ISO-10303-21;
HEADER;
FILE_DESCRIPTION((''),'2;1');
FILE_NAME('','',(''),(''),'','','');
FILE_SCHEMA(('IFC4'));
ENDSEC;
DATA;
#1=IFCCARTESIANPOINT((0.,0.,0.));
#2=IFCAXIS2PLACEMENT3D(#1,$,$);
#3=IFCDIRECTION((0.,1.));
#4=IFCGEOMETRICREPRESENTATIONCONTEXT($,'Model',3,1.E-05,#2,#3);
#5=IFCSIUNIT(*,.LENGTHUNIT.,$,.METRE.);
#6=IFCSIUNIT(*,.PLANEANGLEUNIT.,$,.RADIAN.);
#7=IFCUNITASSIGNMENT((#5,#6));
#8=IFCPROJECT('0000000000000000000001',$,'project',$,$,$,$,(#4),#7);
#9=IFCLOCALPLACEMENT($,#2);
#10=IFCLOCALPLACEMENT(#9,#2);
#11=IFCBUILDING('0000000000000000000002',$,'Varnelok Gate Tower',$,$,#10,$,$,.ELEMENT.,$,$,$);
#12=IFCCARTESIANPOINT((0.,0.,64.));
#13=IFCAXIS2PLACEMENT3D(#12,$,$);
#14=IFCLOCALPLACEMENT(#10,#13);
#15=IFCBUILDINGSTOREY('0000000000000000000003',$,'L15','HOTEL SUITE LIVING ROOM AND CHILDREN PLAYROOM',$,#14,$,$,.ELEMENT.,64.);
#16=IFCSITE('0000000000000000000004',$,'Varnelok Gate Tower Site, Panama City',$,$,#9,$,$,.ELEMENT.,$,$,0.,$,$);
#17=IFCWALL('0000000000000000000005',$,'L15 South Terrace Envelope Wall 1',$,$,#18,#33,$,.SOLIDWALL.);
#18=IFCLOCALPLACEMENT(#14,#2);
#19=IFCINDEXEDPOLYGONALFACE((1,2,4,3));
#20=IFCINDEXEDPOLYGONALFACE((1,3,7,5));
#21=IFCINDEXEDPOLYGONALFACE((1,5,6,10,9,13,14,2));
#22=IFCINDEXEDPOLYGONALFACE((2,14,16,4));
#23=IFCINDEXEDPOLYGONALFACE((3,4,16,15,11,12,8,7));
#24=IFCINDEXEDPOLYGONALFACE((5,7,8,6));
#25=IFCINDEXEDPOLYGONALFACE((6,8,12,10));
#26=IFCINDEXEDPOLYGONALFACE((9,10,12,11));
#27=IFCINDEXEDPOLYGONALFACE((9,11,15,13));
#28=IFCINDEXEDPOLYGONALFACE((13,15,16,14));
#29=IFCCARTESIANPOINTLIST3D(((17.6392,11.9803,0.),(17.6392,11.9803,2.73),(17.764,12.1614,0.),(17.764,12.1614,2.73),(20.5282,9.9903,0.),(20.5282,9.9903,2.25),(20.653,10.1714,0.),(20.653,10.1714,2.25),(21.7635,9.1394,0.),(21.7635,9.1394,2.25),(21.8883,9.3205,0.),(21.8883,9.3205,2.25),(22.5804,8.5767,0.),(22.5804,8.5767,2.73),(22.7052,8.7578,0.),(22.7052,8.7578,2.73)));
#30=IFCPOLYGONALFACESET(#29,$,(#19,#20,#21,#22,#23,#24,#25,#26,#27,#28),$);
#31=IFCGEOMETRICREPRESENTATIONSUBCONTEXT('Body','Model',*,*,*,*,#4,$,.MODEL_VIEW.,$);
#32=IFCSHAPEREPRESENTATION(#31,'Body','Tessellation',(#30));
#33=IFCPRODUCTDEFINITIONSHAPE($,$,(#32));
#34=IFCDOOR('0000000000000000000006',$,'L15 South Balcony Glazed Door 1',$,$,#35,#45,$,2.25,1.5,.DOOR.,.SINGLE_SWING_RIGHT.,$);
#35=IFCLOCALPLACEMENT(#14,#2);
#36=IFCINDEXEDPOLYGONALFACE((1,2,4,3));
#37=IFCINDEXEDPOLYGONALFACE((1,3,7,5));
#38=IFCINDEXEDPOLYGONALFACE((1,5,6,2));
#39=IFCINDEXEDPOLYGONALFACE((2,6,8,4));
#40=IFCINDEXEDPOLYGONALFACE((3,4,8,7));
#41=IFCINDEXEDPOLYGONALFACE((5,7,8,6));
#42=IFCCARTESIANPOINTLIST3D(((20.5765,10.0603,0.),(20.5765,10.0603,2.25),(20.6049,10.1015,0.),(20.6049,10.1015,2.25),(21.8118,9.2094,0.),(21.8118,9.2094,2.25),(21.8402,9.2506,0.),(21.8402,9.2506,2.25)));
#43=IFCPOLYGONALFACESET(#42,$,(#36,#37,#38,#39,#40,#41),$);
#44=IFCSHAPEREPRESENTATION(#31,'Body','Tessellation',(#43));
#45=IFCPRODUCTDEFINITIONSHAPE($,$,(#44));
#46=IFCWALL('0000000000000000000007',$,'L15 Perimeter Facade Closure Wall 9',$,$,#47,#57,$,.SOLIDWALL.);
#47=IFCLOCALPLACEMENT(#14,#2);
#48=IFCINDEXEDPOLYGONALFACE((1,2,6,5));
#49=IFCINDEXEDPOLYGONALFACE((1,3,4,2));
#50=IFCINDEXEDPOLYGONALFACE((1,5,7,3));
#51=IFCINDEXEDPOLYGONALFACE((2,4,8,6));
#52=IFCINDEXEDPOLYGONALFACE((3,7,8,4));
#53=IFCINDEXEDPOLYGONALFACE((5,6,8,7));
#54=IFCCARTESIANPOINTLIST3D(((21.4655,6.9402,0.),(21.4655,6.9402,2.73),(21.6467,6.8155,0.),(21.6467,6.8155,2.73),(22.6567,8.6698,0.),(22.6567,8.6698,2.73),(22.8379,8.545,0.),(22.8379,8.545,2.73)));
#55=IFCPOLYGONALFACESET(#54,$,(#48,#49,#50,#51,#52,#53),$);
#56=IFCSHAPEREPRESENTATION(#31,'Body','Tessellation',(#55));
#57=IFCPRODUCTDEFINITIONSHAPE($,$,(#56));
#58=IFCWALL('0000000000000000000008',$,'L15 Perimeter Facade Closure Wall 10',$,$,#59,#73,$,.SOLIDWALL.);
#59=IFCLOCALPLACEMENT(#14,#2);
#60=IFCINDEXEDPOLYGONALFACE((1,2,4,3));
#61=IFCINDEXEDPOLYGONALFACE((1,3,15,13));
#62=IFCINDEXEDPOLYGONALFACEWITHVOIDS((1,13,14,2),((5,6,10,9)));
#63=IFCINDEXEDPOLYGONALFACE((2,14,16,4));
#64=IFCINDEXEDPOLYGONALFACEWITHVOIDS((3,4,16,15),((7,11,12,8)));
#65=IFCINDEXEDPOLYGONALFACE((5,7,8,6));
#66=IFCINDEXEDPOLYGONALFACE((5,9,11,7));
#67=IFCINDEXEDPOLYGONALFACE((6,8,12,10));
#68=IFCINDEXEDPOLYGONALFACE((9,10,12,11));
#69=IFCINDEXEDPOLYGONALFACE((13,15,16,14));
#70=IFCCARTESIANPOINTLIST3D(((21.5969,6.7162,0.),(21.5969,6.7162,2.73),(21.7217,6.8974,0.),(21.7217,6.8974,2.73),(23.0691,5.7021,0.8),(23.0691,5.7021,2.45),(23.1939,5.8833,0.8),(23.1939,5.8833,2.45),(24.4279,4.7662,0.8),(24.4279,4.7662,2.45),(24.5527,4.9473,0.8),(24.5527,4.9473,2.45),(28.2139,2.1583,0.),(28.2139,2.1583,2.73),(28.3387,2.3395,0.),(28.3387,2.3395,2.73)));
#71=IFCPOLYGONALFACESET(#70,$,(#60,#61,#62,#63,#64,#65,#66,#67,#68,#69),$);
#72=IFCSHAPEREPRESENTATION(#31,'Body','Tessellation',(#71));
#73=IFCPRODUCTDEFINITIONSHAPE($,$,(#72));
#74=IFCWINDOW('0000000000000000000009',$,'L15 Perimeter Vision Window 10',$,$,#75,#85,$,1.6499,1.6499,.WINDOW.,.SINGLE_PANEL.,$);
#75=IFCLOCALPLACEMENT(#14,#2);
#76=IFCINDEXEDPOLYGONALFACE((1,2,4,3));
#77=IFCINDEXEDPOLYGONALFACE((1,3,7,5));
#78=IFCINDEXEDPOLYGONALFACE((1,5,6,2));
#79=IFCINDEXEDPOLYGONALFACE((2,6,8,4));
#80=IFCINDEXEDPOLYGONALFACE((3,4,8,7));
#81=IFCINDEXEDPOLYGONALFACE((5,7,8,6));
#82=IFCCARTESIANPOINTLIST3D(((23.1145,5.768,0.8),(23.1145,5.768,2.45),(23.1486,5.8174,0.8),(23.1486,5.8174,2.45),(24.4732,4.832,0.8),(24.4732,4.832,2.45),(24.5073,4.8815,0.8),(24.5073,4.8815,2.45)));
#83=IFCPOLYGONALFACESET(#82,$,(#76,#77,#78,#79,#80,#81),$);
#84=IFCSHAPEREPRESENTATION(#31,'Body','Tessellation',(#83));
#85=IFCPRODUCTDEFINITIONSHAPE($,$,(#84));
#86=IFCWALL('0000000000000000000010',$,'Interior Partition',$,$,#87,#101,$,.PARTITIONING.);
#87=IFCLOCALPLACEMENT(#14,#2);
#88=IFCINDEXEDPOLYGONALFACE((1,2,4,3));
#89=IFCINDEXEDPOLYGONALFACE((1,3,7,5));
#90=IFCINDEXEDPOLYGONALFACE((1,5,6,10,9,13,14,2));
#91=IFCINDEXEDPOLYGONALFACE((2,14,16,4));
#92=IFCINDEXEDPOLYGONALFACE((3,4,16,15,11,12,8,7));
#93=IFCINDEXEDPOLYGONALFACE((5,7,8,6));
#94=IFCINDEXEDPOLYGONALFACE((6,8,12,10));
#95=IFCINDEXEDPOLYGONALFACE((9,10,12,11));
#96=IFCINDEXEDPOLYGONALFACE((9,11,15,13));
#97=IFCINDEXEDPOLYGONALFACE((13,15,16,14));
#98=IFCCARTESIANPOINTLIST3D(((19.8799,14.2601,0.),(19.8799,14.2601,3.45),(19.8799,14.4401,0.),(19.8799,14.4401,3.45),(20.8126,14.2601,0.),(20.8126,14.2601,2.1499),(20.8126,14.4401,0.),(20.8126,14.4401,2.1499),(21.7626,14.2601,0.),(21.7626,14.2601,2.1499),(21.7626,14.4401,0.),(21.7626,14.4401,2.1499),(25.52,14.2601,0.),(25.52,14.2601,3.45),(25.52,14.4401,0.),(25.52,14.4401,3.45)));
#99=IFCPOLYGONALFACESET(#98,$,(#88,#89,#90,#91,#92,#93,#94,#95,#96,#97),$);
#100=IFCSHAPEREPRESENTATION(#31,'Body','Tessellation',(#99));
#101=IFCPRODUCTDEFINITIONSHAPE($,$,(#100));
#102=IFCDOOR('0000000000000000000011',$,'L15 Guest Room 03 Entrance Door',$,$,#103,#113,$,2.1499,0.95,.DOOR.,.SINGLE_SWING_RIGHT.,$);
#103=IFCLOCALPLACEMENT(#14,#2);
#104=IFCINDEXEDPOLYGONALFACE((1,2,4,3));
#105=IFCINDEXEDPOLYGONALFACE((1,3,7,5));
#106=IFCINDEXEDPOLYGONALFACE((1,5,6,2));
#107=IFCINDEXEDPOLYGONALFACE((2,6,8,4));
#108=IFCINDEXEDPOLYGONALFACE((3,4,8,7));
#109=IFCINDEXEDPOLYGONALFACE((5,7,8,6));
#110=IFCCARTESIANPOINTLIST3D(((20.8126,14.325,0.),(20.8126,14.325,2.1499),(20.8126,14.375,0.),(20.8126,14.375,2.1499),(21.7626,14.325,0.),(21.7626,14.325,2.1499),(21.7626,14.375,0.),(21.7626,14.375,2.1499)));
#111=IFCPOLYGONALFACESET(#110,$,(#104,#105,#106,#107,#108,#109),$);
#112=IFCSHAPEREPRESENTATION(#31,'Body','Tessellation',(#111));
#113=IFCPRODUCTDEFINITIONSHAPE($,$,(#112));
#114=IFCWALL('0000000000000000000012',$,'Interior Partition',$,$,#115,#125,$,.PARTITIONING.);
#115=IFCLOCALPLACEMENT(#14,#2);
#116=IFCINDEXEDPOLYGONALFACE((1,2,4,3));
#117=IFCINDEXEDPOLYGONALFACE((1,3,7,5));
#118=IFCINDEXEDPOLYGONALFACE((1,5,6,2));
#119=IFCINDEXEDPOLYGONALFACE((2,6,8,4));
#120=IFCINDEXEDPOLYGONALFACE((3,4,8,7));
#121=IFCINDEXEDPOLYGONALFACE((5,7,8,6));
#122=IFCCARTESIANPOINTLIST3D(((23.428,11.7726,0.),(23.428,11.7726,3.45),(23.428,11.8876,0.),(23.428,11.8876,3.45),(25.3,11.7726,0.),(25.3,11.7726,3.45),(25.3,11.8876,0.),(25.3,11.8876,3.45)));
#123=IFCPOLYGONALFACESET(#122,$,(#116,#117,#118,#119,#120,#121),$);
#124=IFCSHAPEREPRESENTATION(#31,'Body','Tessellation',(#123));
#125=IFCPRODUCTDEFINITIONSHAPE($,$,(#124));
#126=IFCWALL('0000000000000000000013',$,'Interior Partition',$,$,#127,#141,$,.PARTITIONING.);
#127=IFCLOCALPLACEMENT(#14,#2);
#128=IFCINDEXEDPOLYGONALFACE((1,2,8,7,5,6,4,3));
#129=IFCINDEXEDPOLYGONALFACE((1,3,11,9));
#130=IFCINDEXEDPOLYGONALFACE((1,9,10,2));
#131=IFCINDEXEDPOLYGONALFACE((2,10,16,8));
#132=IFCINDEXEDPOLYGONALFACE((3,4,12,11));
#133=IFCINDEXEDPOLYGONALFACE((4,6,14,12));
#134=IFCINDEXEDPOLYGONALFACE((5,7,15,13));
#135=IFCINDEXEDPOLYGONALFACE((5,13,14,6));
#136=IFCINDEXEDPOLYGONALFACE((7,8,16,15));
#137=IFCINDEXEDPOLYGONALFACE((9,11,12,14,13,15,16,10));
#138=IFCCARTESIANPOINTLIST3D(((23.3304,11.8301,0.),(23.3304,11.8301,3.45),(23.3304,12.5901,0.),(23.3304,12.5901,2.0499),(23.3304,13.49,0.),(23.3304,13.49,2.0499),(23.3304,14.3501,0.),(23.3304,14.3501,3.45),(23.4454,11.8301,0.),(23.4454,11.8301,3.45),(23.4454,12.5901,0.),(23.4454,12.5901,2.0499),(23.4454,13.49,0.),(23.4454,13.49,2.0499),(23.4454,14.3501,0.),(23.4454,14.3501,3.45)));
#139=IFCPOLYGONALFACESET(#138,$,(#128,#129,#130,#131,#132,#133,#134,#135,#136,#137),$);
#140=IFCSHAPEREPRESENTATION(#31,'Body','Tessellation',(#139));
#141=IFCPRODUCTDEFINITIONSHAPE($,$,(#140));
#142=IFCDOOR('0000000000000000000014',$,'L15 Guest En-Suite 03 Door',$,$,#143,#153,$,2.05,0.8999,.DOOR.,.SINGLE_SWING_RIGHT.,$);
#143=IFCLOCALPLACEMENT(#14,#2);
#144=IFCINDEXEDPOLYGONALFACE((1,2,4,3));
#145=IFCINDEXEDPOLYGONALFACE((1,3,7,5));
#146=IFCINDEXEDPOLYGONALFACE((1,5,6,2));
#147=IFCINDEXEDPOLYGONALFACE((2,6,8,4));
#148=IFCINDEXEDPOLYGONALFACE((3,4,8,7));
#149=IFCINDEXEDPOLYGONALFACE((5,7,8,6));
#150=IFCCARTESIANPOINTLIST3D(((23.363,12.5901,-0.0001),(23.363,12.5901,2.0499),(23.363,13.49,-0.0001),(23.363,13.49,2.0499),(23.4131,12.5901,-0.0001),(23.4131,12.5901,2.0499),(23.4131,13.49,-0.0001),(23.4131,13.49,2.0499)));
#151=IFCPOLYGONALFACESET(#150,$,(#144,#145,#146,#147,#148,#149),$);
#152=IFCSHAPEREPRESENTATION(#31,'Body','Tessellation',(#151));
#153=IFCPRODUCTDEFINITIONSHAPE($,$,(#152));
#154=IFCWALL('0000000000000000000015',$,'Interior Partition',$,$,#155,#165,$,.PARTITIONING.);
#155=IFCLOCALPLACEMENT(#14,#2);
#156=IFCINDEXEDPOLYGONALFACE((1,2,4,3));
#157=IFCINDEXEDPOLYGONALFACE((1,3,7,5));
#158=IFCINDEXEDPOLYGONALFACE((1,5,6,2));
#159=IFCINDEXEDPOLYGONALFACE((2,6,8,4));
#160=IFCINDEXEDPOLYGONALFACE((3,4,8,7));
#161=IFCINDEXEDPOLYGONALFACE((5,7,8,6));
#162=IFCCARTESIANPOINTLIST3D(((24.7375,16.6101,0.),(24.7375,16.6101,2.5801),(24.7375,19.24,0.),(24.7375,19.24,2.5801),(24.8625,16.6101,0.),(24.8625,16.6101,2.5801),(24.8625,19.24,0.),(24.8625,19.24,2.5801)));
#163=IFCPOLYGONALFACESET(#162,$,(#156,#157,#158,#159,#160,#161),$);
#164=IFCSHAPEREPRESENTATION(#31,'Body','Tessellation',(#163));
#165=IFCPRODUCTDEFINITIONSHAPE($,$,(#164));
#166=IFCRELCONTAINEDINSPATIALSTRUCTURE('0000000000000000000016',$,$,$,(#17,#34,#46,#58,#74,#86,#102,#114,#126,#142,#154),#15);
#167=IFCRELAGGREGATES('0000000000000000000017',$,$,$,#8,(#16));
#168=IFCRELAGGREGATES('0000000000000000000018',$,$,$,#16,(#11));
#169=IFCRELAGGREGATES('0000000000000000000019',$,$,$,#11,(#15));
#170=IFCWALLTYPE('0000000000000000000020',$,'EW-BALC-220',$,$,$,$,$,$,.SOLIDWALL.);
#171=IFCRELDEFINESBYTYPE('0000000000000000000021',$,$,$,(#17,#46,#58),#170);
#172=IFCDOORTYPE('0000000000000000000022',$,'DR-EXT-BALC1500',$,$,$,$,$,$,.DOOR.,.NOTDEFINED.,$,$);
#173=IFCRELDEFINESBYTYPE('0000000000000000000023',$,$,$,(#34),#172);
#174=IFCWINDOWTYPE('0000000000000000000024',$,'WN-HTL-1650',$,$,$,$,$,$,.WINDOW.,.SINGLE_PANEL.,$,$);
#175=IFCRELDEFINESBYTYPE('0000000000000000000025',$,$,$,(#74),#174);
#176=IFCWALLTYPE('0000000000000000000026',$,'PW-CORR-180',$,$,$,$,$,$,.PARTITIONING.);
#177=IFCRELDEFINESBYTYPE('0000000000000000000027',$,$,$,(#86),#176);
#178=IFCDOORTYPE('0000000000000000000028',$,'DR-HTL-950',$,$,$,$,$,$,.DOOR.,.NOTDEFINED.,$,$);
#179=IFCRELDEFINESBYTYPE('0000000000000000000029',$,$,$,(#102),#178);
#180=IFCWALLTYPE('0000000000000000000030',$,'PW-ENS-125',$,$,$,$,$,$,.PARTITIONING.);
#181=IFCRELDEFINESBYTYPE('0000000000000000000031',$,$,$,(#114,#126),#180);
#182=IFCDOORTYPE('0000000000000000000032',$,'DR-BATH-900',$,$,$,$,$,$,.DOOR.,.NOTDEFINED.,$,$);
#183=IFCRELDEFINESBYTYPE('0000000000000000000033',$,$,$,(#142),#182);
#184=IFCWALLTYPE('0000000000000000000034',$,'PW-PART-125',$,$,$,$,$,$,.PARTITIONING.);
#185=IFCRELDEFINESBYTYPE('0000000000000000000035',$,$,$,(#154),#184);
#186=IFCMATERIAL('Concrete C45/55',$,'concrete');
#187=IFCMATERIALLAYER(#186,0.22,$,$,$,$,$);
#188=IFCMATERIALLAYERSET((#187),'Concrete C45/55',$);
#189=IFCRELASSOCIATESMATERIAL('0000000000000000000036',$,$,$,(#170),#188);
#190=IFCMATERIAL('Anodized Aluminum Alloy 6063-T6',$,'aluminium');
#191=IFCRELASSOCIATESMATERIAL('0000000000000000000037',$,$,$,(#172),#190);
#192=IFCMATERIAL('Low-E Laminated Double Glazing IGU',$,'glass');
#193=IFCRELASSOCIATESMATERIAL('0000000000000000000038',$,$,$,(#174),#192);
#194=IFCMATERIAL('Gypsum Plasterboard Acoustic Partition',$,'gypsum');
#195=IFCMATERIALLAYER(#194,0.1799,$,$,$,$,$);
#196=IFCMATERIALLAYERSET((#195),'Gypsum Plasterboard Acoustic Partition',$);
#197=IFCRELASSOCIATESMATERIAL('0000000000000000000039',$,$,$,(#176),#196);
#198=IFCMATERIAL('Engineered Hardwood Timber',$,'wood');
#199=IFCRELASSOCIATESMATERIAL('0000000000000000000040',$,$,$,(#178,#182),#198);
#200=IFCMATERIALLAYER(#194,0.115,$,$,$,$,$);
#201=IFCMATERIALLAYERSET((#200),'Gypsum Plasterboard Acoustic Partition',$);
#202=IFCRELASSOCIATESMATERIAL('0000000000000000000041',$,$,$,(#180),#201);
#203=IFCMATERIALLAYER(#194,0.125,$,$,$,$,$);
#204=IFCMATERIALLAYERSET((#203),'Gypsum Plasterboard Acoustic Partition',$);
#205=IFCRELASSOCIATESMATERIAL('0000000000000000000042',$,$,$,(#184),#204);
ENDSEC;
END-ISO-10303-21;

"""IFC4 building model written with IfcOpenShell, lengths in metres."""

from ifc_helpers import new_model, si_unit, direction, frame, frame_2d, origin, place, context, subcontext, project, spatial, rectangle, extrude, material, layer, layer_set, type_object, element, fill, save


model = new_model("IFC4")

# Units and contexts
model_context = context("Model", 3, precision=1e-05, world=origin(), true_north=direction((0.0, 1.0)))
body_context = subcontext(model_context, "Body", "Model", "MODEL_VIEW")
ifc_project = project(units=[si_unit("LENGTHUNIT", "METRE"), si_unit("PLANEANGLEUNIT", "RADIAN")], contexts=[model_context])

# Site, building, storey
site_placement = place(None, origin())
site = spatial("IfcSite", under=ifc_project, at=site_placement, Name="Varnelok Gate Tower Site, Panama City", CompositionType="ELEMENT", RefElevation=0.0)
building_placement = place(site_placement, origin())
building = spatial("IfcBuilding", under=site, at=building_placement, Name="Varnelok Gate Tower", CompositionType="ELEMENT")
storey_placement = place(building_placement, frame((0.0, 0.0, 64.0)))
storey = spatial("IfcBuildingStorey", under=building, at=storey_placement, Name="L15", Description="HOTEL SUITE LIVING ROOM AND CHILDREN PLAYROOM", CompositionType="ELEMENT", Elevation=64.0)

# Wall, opening, door
ifc_material_1 = material(Name="Concrete C45/55", Category="concrete")
ifc_layer_1 = layer(ifc_material_1, 0.22)
ifc_layer_set_1 = layer_set([ifc_layer_1], Name="Concrete C45/55")
wall_type_1 = type_object("IfcWallType", Name="EW-BALC-220", PredefinedType="SOLIDWALL", material=ifc_layer_set_1)
wall_1_placement = place(storey_placement, frame((22.6428, 8.6672, 0.0), z_axis=(0.0, 0.0, 1.0), x_axis=(-0.823535, 0.567266, 0.0)))
wall_1 = element("IfcWall", 1, at=wall_1_placement, inside=storey, type_object=wall_type_1, Name="L15 South Terrace Envelope Wall 1", PredefinedType="SOLIDWALL", context=body_context, shape_type="SweptSolid", body=[
    extrude(rectangle(XDim=6.0, YDim=0.22, at=frame_2d((3.0, 0.0))), origin(), (0.0, 0.0, 1.0), 2.73),
])
opening_1_placement = place(wall_1_placement, frame((0.9919, 0.0, 0.0)))
opening_1 = element("IfcOpeningElement", 2, at=opening_1_placement, cuts=wall_1, PredefinedType="OPENING", context=body_context, shape_type="SweptSolid", body=[
    extrude(rectangle(XDim=1.5, YDim=2.25, at=frame_2d((0.75, 1.125))), frame((0.0, 0.1199, 0.0), z_axis=(0.0, -1.0, 0.0), x_axis=(1.0, 0.0, 0.0)), (0.0, 0.0, 1.0), 0.24),
])
ifc_material_2 = material(Name="Anodized Aluminum Alloy 6063-T6", Category="aluminium")
door_type_1 = type_object("IfcDoorType", Name="DR-EXT-BALC1500", OperationType="NOTDEFINED", PredefinedType="DOOR", material=ifc_material_2)
door_1_placement = place(opening_1_placement, origin())
door_1 = element("IfcDoor", 3, at=door_1_placement, inside=storey, type_object=door_type_1, Name="L15 South Balcony Glazed Door 1", OperationType="SINGLE_SWING_RIGHT", OverallHeight=2.25, OverallWidth=1.5, PredefinedType="DOOR", context=body_context, shape_type="SweptSolid", body=[
    extrude(rectangle(XDim=1.5, YDim=2.25, at=frame_2d((0.75, 1.125))), frame((0.0, 0.0249, 0.0), z_axis=(0.0, -1.0, 0.0), x_axis=(1.0, 0.0, 0.0)), (0.0, 0.0, 1.0), 0.05),
])
fill(opening_1, door_1)

# Wall
wall_2_placement = place(storey_placement, frame((22.7473, 8.6074, 0.0), z_axis=(0.0, 0.0, 1.0), x_axis=(-0.567219, -0.823567, 0.0)))
element("IfcWall", 4, at=wall_2_placement, inside=storey, type_object=wall_type_1, Name="L15 Perimeter Facade Closure Wall 9", PredefinedType="SOLIDWALL", context=body_context, shape_type="SweptSolid", body=[
    extrude(rectangle(XDim=2.1001, YDim=0.22, at=frame_2d((1.05, 0.0))), origin(), (0.0, 0.0, 1.0), 2.73),
])

# Wall, opening, window
wall_3_placement = place(storey_placement, frame((21.6592, 6.8069, 0.0), z_axis=(0.0, 0.0, 1.0), x_axis=(0.823535, -0.567265, 0.0)))
wall_3 = element("IfcWall", 5, at=wall_3_placement, inside=storey, type_object=wall_type_1, Name="L15 Perimeter Facade Closure Wall 10", PredefinedType="SOLIDWALL", context=body_context, shape_type="SweptSolid", body=[
    extrude(rectangle(XDim=8.0349, YDim=0.22, at=frame_2d((4.0176, 0.0))), origin(), (0.0, 0.0, 1.0), 2.73),
])
opening_2_placement = place(wall_3_placement, frame((1.7878, 0.0, 0.8)))
opening_2 = element("IfcOpeningElement", 6, at=opening_2_placement, cuts=wall_3, PredefinedType="OPENING", context=body_context, shape_type="SweptSolid", body=[
    extrude(rectangle(XDim=1.6499, YDim=1.6499, at=frame_2d((0.825, 0.825))), frame((0.0, 0.1199, 0.0), z_axis=(0.0, -1.0, 0.0), x_axis=(1.0, 0.0, 0.0)), (0.0, 0.0, 1.0), 0.24),
])
ifc_material_3 = material(Name="Low-E Laminated Double Glazing IGU", Category="glass")
window_type = type_object("IfcWindowType", Name="WN-HTL-1650", PartitioningType="SINGLE_PANEL", PredefinedType="WINDOW", material=ifc_material_3)
window_placement = place(opening_2_placement, origin())
window = element("IfcWindow", 7, at=window_placement, inside=storey, type_object=window_type, Name="L15 Perimeter Vision Window 10", OverallHeight=1.6499, OverallWidth=1.6499, PartitioningType="SINGLE_PANEL", PredefinedType="WINDOW", context=body_context, shape_type="SweptSolid", body=[
    extrude(rectangle(XDim=1.6499, YDim=1.6499, at=frame_2d((0.825, 0.825))), frame((0.0, 0.03, 0.0), z_axis=(0.0, -1.0, 0.0), x_axis=(1.0, 0.0, 0.0)), (0.0, 0.0, 1.0), 0.0601),
])
fill(opening_2, window)

# Wall, opening, door
ifc_material_4 = material(Name="Gypsum Plasterboard Acoustic Partition", Category="gypsum")
ifc_layer_2 = layer(ifc_material_4, 0.1799)
ifc_layer_set_2 = layer_set([ifc_layer_2], Name="Gypsum Plasterboard Acoustic Partition")
wall_type_2 = type_object("IfcWallType", Name="PW-CORR-180", PredefinedType="PARTITIONING", material=ifc_layer_set_2)
wall_4_placement = place(storey_placement, frame((19.8799, 14.3501, 0.0), z_axis=(0.0, 0.0, 1.0), x_axis=(1.0, 0.0, 0.0)))
wall_4 = element("IfcWall", 8, at=wall_4_placement, inside=storey, type_object=wall_type_2, Name="Interior Partition", PredefinedType="PARTITIONING", context=body_context, shape_type="SweptSolid", body=[
    extrude(rectangle(XDim=5.6401, YDim=0.1799, at=frame_2d((2.8201, 0.0))), origin(), (0.0, 0.0, 1.0), 3.45),
])
opening_3_placement = place(wall_4_placement, frame((0.9326, 0.0, 0.0)))
opening_3 = element("IfcOpeningElement", 9, at=opening_3_placement, cuts=wall_4, PredefinedType="OPENING", context=body_context, shape_type="SweptSolid", body=[
    extrude(rectangle(XDim=0.95, YDim=2.1499, at=frame_2d((0.4751, 1.075))), frame((0.0, 0.0999, 0.0), z_axis=(0.0, -1.0, 0.0), x_axis=(1.0, 0.0, 0.0)), (0.0, 0.0, 1.0), 0.2),
])
ifc_material_5 = material(Name="Engineered Hardwood Timber", Category="wood")
door_type_2 = type_object("IfcDoorType", Name="DR-HTL-950", OperationType="NOTDEFINED", PredefinedType="DOOR", material=ifc_material_5)
door_2_placement = place(opening_3_placement, origin())
door_2 = element("IfcDoor", 10, at=door_2_placement, inside=storey, type_object=door_type_2, Name="L15 Guest Room 03 Entrance Door", OperationType="SINGLE_SWING_RIGHT", OverallHeight=2.1499, OverallWidth=0.95, PredefinedType="DOOR", context=body_context, shape_type="SweptSolid", body=[
    extrude(rectangle(XDim=0.95, YDim=2.1499, at=frame_2d((0.4751, 1.075))), frame((0.0, 0.0249, 0.0), z_axis=(0.0, -1.0, 0.0), x_axis=(1.0, 0.0, 0.0)), (0.0, 0.0, 1.0), 0.05),
])
fill(opening_3, door_2)

# Wall
ifc_layer_3 = layer(ifc_material_4, 0.115)
ifc_layer_set_3 = layer_set([ifc_layer_3], Name="Gypsum Plasterboard Acoustic Partition")
wall_type_3 = type_object("IfcWallType", Name="PW-ENS-125", PredefinedType="PARTITIONING", material=ifc_layer_set_3)
wall_5_placement = place(storey_placement, frame((23.428, 11.8301, 0.0), z_axis=(0.0, 0.0, 1.0), x_axis=(1.0, 0.0, 0.0)))
element("IfcWall", 11, at=wall_5_placement, inside=storey, type_object=wall_type_3, Name="Interior Partition", PredefinedType="PARTITIONING", context=body_context, shape_type="SweptSolid", body=[
    extrude(rectangle(XDim=1.8721, YDim=0.115, at=frame_2d((0.936, 0.0))), origin(), (0.0, 0.0, 1.0), 3.45),
])

# Wall, opening, door
wall_6_placement = place(storey_placement, frame((23.3879, 11.8301, 0.0), z_axis=(0.0, 0.0, 1.0), x_axis=(0.0, 1.0, 0.0)))
wall_6 = element("IfcWall", 12, at=wall_6_placement, inside=storey, type_object=wall_type_3, Name="Interior Partition", PredefinedType="PARTITIONING", context=body_context, shape_type="SweptSolid", body=[
    extrude(rectangle(XDim=2.52, YDim=0.115, at=frame_2d((1.26, 0.0))), origin(), (0.0, 0.0, 1.0), 3.45),
])
opening_4_placement = place(wall_6_placement, frame((0.76, 0.0, 0.0)))
opening_4 = element("IfcOpeningElement", 13, at=opening_4_placement, cuts=wall_6, PredefinedType="OPENING", context=body_context, shape_type="SweptSolid", body=[
    extrude(rectangle(XDim=0.8999, YDim=2.05, at=frame_2d((0.45, 1.0249))), frame((0.0, 0.0674, 0.0), z_axis=(0.0, -1.0, 0.0), x_axis=(1.0, 0.0, 0.0)), (0.0, 0.0, 1.0), 0.135),
])
door_type_3 = type_object("IfcDoorType", Name="DR-BATH-900", OperationType="NOTDEFINED", PredefinedType="DOOR", material=ifc_material_5)
door_3_placement = place(opening_4_placement, origin())
door_3 = element("IfcDoor", 14, at=door_3_placement, inside=storey, type_object=door_type_3, Name="L15 Guest En-Suite 03 Door", OperationType="SINGLE_SWING_RIGHT", OverallHeight=2.05, OverallWidth=0.8999, PredefinedType="DOOR", context=body_context, shape_type="SweptSolid", body=[
    extrude(rectangle(XDim=0.8999, YDim=2.05, at=frame_2d((0.45, 1.0249))), frame((0.0, 0.0249, 0.0), z_axis=(0.0, -1.0, 0.0), x_axis=(1.0, 0.0, 0.0)), (0.0, 0.0, 1.0), 0.05),
])
fill(opening_4, door_3)

# Wall
ifc_layer_4 = layer(ifc_material_4, 0.125)
ifc_layer_set_4 = layer_set([ifc_layer_4], Name="Gypsum Plasterboard Acoustic Partition")
wall_type_4 = type_object("IfcWallType", Name="PW-PART-125", PredefinedType="PARTITIONING", material=ifc_layer_set_4)
wall_7_placement = place(storey_placement, frame((24.8, 16.6101, 0.0), z_axis=(0.0, 0.0, 1.0), x_axis=(0.0, 1.0, 0.0)))
element("IfcWall", 15, at=wall_7_placement, inside=storey, type_object=wall_type_4, Name="Interior Partition", PredefinedType="PARTITIONING", context=body_context, shape_type="SweptSolid", body=[
    extrude(rectangle(XDim=2.6299, YDim=0.125, at=frame_2d((1.3149, 0.0))), origin(), (0.0, 0.0, 1.0), 2.5801),
])

save(model, "model.ifc")
